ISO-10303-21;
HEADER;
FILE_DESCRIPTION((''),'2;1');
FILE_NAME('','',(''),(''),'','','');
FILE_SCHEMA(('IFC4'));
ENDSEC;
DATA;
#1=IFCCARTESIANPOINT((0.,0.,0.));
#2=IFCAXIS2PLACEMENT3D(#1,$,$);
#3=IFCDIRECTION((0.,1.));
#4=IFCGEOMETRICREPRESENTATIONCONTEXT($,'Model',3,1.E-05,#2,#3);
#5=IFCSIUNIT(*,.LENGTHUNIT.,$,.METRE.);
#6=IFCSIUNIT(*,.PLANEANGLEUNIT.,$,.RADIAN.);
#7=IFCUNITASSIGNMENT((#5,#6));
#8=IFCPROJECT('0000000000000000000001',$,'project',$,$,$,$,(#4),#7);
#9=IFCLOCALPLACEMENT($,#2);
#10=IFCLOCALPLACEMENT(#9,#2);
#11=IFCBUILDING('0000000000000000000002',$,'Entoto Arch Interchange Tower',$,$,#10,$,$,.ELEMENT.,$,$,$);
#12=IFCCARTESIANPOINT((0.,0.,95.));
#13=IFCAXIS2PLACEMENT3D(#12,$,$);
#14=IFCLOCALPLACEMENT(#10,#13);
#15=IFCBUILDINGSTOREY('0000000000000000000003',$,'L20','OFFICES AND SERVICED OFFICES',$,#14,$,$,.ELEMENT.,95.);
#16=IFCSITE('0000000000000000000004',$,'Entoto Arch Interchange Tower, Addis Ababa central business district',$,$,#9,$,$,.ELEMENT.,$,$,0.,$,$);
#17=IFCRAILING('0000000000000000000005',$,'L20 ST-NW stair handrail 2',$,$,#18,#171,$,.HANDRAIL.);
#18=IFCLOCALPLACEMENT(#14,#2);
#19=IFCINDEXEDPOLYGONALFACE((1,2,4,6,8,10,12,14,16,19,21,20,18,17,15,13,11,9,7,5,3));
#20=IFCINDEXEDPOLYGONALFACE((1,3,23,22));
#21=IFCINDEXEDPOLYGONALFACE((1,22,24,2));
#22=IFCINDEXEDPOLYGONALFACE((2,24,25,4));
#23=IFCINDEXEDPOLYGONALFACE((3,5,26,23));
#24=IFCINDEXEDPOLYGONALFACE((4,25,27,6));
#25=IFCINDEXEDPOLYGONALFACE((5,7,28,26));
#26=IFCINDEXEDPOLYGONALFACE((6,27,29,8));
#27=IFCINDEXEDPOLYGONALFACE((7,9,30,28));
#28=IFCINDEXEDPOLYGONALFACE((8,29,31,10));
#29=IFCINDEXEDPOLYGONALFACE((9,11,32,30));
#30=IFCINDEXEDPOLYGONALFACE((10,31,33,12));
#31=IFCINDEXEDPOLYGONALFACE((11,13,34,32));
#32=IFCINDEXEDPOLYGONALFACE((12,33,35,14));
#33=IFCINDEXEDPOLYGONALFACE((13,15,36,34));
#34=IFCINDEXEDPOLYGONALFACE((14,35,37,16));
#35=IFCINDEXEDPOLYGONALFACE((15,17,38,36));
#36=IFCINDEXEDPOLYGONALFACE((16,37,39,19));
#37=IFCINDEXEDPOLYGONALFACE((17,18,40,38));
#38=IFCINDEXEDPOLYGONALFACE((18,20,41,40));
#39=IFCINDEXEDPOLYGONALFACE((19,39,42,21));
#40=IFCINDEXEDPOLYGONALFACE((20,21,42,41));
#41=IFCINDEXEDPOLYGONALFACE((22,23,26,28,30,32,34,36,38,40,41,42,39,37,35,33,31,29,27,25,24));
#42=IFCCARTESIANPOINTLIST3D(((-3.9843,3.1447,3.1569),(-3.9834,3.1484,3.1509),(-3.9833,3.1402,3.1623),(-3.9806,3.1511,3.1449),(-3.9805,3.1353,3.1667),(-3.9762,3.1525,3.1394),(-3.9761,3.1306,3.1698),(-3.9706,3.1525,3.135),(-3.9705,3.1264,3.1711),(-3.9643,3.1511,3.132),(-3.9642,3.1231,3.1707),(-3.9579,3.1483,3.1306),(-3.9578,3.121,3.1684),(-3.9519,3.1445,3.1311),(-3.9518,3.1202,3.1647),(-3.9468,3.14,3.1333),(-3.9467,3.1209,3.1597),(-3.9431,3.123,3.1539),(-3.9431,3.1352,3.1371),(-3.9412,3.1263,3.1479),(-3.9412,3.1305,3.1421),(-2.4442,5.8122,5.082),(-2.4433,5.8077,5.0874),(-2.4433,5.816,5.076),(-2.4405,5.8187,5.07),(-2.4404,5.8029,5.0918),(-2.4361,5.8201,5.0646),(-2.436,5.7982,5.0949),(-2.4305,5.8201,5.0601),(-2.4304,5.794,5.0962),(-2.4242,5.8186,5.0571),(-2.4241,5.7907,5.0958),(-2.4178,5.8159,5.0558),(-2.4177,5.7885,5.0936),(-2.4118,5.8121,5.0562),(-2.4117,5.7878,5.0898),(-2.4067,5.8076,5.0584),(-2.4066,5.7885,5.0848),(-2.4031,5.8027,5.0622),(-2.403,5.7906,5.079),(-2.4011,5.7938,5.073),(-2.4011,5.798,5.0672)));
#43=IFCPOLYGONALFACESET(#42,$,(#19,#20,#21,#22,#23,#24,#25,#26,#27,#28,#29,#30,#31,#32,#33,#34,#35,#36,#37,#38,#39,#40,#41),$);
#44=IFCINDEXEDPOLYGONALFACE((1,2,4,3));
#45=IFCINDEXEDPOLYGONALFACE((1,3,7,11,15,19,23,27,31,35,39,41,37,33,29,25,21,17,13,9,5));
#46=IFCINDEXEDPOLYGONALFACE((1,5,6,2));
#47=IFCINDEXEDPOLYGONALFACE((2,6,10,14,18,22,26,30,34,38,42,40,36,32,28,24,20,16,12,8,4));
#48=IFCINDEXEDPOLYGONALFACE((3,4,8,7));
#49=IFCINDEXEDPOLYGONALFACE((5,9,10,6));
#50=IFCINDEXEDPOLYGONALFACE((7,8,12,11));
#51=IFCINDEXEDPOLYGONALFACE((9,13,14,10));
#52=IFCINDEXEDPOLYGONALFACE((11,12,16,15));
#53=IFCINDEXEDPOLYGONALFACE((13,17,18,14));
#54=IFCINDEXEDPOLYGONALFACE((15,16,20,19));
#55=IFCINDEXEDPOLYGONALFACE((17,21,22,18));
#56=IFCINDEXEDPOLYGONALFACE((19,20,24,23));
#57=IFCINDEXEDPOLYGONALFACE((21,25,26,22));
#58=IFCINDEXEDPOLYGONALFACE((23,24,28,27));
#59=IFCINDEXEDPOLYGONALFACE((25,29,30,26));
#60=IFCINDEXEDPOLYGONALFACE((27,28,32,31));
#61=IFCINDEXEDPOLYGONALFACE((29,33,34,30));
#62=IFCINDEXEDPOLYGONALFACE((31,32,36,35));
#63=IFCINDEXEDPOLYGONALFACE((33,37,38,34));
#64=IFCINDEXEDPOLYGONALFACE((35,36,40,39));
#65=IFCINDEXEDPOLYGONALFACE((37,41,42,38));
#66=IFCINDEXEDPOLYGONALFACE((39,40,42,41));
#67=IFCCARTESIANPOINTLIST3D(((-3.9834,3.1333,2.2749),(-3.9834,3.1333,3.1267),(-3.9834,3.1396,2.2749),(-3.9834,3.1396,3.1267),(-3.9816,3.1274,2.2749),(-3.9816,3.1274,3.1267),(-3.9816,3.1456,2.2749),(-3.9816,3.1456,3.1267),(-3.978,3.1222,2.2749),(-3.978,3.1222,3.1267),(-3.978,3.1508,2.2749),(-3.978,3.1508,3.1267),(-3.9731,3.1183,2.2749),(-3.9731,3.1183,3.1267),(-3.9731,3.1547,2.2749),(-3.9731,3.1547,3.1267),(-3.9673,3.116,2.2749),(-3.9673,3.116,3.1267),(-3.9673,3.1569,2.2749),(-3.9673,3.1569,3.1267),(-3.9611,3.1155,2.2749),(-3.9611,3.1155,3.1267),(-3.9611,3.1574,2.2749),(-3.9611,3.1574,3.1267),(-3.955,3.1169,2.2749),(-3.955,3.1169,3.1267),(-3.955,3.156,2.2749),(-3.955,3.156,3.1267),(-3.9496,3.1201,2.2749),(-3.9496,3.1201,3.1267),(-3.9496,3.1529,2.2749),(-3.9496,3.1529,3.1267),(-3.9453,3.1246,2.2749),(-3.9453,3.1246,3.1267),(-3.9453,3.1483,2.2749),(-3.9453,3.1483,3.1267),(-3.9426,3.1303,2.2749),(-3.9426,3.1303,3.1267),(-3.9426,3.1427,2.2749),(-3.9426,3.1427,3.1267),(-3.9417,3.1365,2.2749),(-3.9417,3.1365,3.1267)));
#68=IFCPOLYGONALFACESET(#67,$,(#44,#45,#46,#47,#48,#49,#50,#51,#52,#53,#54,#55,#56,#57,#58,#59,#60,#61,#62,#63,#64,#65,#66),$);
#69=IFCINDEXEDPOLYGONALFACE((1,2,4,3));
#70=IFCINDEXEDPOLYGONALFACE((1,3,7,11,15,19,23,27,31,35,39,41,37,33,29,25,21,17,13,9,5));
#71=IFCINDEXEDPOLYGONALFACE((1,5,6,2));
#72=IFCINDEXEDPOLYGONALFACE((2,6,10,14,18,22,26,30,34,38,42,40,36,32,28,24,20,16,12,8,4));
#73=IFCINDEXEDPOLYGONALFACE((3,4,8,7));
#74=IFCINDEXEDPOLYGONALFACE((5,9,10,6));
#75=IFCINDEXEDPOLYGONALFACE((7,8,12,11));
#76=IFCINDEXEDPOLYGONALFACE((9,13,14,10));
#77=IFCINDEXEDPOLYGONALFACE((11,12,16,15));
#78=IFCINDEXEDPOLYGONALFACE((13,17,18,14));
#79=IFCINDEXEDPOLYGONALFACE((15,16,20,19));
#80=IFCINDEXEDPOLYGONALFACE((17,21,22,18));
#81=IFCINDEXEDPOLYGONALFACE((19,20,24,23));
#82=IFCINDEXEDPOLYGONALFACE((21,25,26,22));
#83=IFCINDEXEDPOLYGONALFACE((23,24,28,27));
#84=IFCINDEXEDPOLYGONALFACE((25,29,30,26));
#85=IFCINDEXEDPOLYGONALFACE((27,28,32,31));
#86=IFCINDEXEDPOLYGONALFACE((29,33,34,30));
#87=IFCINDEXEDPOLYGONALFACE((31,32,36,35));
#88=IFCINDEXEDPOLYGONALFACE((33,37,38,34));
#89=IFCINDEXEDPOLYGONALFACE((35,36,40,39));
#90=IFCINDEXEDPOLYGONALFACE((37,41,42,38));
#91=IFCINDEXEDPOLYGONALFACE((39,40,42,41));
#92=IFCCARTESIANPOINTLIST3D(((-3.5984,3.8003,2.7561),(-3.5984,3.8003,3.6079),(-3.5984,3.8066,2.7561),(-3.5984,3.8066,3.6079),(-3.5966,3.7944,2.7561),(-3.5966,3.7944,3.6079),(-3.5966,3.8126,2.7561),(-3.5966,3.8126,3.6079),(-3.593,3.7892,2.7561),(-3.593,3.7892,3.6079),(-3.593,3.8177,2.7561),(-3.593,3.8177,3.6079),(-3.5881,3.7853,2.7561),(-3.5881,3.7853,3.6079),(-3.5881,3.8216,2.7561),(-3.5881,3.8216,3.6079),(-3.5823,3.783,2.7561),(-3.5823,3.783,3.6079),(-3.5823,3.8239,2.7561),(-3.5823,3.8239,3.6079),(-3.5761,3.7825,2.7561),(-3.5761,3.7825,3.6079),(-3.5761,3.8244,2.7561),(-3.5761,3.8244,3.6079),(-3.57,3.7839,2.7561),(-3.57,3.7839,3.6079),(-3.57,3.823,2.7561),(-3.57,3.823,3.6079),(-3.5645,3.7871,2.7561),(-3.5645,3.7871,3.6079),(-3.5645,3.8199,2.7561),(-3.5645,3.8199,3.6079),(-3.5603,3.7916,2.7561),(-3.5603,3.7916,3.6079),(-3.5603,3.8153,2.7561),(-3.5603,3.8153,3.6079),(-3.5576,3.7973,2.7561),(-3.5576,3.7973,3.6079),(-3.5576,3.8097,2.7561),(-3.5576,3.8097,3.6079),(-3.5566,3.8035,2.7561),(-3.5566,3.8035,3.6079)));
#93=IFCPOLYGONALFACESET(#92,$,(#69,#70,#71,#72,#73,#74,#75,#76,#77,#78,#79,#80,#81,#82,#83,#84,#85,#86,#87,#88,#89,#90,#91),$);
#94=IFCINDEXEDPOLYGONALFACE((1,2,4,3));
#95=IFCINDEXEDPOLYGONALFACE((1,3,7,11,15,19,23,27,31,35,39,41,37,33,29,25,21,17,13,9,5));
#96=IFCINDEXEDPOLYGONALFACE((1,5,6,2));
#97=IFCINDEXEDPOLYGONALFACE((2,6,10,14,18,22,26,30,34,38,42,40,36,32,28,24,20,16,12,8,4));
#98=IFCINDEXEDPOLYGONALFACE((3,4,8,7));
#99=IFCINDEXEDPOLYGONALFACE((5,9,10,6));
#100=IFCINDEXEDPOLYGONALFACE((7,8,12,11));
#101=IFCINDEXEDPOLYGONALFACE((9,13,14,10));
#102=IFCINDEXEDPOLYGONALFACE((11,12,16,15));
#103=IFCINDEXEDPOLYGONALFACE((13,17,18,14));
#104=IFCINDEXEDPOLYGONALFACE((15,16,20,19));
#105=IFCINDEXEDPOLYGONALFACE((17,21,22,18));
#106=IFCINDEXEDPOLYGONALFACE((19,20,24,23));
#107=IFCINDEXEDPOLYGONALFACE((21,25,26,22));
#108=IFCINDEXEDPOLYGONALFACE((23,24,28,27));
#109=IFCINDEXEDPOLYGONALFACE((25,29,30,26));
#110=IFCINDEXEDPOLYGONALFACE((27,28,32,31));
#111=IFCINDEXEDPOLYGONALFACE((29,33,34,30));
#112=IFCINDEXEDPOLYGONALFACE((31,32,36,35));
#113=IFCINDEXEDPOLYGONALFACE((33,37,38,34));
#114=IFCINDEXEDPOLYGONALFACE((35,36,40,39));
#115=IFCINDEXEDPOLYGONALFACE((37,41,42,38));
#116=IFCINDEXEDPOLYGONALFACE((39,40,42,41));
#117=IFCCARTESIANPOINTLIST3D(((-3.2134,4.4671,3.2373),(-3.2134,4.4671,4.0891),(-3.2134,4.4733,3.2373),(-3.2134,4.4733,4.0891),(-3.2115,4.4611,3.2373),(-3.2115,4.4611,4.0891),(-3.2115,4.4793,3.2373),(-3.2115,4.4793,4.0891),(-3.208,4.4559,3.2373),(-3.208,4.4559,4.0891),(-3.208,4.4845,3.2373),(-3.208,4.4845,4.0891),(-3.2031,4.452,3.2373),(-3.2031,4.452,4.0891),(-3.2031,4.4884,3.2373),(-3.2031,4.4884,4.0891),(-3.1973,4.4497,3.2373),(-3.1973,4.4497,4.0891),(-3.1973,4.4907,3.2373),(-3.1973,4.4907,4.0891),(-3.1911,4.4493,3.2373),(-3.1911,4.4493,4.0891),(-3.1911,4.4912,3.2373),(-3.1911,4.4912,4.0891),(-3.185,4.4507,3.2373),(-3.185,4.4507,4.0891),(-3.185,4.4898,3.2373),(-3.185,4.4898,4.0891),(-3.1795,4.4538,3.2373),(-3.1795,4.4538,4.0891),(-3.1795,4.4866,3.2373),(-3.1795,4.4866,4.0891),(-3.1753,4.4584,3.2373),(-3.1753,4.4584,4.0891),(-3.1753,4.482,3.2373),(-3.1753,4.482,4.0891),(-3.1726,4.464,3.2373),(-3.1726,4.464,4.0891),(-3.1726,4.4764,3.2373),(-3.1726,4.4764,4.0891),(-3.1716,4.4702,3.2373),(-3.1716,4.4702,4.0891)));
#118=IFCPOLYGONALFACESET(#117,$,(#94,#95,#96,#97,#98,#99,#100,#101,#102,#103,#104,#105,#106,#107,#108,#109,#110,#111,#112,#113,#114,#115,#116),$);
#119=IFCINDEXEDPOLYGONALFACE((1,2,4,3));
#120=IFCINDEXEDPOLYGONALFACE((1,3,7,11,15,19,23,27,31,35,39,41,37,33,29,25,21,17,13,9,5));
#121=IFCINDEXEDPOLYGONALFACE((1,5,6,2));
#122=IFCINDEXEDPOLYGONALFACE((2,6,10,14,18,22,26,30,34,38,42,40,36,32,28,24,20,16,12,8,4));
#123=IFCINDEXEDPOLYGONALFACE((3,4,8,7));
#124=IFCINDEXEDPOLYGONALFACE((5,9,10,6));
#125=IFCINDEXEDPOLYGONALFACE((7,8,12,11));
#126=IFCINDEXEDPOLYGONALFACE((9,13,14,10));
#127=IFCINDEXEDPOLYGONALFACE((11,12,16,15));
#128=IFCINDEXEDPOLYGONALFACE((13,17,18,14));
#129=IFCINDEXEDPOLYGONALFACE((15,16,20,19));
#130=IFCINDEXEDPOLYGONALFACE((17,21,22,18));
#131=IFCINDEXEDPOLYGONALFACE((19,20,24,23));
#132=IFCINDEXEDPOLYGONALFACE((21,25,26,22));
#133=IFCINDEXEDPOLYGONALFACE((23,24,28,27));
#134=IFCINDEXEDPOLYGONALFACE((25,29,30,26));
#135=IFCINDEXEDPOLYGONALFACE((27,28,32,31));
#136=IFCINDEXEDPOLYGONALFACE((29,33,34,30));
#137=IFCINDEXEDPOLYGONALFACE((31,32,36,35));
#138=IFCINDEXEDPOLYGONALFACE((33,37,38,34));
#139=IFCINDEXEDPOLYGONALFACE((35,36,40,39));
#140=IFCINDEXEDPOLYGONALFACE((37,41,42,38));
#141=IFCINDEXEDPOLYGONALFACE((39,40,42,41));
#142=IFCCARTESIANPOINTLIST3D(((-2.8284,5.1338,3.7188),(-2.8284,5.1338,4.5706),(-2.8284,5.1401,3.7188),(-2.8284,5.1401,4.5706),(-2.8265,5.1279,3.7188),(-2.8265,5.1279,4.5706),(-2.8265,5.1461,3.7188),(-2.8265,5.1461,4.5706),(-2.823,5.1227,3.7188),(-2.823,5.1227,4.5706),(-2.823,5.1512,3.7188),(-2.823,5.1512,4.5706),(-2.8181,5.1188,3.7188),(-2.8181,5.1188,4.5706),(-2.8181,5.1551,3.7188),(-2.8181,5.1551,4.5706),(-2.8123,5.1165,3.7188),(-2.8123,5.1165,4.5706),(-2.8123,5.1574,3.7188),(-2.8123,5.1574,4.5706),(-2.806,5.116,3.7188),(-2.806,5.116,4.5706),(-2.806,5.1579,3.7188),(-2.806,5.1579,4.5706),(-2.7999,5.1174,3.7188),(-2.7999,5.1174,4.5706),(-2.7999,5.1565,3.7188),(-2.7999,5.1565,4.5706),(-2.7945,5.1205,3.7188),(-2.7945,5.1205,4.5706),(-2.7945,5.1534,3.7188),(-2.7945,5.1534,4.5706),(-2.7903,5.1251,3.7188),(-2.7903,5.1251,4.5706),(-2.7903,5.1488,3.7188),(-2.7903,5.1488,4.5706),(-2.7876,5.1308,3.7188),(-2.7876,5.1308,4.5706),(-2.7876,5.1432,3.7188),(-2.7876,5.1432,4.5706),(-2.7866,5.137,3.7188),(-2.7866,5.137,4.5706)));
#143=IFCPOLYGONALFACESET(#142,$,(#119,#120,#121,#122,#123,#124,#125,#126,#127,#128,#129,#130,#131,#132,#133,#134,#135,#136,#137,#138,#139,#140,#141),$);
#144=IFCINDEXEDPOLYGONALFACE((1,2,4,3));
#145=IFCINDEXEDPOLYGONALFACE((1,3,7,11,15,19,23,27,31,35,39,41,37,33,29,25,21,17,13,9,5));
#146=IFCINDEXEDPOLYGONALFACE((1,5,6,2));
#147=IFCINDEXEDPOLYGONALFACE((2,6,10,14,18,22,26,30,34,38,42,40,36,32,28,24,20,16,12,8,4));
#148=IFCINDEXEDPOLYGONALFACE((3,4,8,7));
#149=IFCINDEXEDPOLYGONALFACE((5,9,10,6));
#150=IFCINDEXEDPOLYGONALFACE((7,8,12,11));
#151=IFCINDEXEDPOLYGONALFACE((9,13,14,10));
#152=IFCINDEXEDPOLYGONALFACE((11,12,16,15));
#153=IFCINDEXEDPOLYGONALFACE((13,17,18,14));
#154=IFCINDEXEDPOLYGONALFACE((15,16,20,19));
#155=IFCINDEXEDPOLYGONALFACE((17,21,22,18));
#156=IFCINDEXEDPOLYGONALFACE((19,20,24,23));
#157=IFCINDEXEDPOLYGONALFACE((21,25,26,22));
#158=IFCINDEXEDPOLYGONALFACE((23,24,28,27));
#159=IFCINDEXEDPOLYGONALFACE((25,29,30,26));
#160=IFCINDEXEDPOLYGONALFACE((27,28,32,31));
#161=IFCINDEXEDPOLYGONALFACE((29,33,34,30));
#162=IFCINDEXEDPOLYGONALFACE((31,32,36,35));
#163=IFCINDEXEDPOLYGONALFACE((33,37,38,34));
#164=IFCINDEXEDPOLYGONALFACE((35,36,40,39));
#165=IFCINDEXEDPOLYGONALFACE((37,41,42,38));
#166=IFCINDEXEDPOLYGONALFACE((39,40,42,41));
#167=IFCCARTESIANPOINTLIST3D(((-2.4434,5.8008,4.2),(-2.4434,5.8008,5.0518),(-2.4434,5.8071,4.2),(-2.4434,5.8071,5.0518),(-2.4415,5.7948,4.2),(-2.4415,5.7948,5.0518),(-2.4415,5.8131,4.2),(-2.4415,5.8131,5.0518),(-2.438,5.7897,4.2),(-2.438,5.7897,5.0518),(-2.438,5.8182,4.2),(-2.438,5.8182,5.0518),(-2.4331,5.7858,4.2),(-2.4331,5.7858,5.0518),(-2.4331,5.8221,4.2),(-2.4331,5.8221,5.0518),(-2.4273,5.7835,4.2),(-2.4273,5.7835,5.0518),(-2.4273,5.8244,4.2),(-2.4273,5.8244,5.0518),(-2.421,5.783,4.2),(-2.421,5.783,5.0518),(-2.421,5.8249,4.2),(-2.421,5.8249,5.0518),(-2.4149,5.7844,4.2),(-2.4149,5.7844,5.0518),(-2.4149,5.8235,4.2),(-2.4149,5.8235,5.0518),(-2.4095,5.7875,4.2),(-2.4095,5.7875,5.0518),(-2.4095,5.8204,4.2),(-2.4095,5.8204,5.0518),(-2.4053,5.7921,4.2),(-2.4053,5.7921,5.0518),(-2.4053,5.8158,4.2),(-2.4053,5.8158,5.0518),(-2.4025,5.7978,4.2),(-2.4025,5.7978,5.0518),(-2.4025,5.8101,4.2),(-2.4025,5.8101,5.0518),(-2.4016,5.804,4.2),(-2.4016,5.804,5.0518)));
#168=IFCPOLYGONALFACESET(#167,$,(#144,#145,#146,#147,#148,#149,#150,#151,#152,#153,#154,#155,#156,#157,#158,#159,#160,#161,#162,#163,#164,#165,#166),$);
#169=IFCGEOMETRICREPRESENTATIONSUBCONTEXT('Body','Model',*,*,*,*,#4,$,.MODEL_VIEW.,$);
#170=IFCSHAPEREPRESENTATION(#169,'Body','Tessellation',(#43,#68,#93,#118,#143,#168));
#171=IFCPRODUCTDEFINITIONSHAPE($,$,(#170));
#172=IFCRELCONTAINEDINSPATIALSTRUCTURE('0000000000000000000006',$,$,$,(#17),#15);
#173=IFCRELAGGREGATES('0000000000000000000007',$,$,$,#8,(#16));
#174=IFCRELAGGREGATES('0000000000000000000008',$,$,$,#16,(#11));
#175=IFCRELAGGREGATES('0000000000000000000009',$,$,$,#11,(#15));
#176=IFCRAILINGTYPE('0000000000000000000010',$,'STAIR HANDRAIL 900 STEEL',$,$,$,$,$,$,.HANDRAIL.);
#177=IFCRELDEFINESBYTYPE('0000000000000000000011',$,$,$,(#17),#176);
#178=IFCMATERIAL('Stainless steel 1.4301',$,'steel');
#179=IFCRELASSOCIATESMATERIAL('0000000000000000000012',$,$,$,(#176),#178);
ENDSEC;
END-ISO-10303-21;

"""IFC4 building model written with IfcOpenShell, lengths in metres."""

from ifc_helpers import new_model, si_unit, direction, frame, origin, origin_2d, place, context, subcontext, project, spatial, circle, extrude, material, type_object, element, save


model = new_model("IFC4")

# Units and contexts
model_context = context("Model", 3, precision=1e-05, world=origin(), true_north=direction((0.0, 1.0)))
body_context = subcontext(model_context, "Body", "Model", "MODEL_VIEW")
ifc_project = project(units=[si_unit("LENGTHUNIT", "METRE"), si_unit("PLANEANGLEUNIT", "RADIAN")], contexts=[model_context])

# Site, building, storey
site_placement = place(None, origin())
site = spatial("IfcSite", under=ifc_project, at=site_placement, Name="Entoto Arch Interchange Tower, Addis Ababa central business district", CompositionType="ELEMENT", RefElevation=0.0)
building_placement = place(site_placement, origin())
building = spatial("IfcBuilding", under=site, at=building_placement, Name="Entoto Arch Interchange Tower", CompositionType="ELEMENT")
storey_placement = place(building_placement, frame((0.0, 0.0, 95.0)))
storey = spatial("IfcBuildingStorey", under=building, at=storey_placement, Name="L20", Description="OFFICES AND SERVICED OFFICES", CompositionType="ELEMENT", Elevation=95.0)

# Railing
ifc_material_1 = material(Name="Stainless steel 1.4301", Category="steel")
railing_type_1 = type_object("IfcRailingType", Name="STAIR HANDRAIL 900 STEEL", PredefinedType="HANDRAIL", material=ifc_material_1)
railing_1_placement = place(storey_placement, frame((-3.9626, 3.1365, 2.2749)))
element("IfcRailing", 1, at=railing_1_placement, inside=storey, type_object=railing_type_1, Name="L20 ST-NW stair handrail 2", PredefinedType="HANDRAIL", context=body_context, shape_type="SweptSolid", body=[
    extrude(circle(Radius=0.0239, at=origin_2d()), frame((0.0, 0.0, 0.876), z_axis=(0.423994, 0.734395, 0.529993), x_axis=(-0.86603, 0.499992, 0.0)), (0.0, 0.0, 1.0), 3.6323),
    extrude(circle(Radius=0.021, at=origin_2d()), origin(), (0.0, 0.0, 1.0), 0.8518),
    extrude(circle(Radius=0.021, at=origin_2d()), frame((0.385, 0.667, 0.4812)), (0.0, 0.0, 1.0), 0.8518),
    extrude(circle(Radius=0.021, at=origin_2d()), frame((0.77, 1.3337, 0.9624)), (0.0, 0.0, 1.0), 0.8518),
    extrude(circle(Radius=0.021, at=origin_2d()), frame((1.155, 2.0005, 1.4438)), (0.0, 0.0, 1.0), 0.8518),
    extrude(circle(Radius=0.021, at=origin_2d()), frame((1.54, 2.6675, 1.925)), (0.0, 0.0, 1.0), 0.8518),
])

save(model, "model.ifc")
